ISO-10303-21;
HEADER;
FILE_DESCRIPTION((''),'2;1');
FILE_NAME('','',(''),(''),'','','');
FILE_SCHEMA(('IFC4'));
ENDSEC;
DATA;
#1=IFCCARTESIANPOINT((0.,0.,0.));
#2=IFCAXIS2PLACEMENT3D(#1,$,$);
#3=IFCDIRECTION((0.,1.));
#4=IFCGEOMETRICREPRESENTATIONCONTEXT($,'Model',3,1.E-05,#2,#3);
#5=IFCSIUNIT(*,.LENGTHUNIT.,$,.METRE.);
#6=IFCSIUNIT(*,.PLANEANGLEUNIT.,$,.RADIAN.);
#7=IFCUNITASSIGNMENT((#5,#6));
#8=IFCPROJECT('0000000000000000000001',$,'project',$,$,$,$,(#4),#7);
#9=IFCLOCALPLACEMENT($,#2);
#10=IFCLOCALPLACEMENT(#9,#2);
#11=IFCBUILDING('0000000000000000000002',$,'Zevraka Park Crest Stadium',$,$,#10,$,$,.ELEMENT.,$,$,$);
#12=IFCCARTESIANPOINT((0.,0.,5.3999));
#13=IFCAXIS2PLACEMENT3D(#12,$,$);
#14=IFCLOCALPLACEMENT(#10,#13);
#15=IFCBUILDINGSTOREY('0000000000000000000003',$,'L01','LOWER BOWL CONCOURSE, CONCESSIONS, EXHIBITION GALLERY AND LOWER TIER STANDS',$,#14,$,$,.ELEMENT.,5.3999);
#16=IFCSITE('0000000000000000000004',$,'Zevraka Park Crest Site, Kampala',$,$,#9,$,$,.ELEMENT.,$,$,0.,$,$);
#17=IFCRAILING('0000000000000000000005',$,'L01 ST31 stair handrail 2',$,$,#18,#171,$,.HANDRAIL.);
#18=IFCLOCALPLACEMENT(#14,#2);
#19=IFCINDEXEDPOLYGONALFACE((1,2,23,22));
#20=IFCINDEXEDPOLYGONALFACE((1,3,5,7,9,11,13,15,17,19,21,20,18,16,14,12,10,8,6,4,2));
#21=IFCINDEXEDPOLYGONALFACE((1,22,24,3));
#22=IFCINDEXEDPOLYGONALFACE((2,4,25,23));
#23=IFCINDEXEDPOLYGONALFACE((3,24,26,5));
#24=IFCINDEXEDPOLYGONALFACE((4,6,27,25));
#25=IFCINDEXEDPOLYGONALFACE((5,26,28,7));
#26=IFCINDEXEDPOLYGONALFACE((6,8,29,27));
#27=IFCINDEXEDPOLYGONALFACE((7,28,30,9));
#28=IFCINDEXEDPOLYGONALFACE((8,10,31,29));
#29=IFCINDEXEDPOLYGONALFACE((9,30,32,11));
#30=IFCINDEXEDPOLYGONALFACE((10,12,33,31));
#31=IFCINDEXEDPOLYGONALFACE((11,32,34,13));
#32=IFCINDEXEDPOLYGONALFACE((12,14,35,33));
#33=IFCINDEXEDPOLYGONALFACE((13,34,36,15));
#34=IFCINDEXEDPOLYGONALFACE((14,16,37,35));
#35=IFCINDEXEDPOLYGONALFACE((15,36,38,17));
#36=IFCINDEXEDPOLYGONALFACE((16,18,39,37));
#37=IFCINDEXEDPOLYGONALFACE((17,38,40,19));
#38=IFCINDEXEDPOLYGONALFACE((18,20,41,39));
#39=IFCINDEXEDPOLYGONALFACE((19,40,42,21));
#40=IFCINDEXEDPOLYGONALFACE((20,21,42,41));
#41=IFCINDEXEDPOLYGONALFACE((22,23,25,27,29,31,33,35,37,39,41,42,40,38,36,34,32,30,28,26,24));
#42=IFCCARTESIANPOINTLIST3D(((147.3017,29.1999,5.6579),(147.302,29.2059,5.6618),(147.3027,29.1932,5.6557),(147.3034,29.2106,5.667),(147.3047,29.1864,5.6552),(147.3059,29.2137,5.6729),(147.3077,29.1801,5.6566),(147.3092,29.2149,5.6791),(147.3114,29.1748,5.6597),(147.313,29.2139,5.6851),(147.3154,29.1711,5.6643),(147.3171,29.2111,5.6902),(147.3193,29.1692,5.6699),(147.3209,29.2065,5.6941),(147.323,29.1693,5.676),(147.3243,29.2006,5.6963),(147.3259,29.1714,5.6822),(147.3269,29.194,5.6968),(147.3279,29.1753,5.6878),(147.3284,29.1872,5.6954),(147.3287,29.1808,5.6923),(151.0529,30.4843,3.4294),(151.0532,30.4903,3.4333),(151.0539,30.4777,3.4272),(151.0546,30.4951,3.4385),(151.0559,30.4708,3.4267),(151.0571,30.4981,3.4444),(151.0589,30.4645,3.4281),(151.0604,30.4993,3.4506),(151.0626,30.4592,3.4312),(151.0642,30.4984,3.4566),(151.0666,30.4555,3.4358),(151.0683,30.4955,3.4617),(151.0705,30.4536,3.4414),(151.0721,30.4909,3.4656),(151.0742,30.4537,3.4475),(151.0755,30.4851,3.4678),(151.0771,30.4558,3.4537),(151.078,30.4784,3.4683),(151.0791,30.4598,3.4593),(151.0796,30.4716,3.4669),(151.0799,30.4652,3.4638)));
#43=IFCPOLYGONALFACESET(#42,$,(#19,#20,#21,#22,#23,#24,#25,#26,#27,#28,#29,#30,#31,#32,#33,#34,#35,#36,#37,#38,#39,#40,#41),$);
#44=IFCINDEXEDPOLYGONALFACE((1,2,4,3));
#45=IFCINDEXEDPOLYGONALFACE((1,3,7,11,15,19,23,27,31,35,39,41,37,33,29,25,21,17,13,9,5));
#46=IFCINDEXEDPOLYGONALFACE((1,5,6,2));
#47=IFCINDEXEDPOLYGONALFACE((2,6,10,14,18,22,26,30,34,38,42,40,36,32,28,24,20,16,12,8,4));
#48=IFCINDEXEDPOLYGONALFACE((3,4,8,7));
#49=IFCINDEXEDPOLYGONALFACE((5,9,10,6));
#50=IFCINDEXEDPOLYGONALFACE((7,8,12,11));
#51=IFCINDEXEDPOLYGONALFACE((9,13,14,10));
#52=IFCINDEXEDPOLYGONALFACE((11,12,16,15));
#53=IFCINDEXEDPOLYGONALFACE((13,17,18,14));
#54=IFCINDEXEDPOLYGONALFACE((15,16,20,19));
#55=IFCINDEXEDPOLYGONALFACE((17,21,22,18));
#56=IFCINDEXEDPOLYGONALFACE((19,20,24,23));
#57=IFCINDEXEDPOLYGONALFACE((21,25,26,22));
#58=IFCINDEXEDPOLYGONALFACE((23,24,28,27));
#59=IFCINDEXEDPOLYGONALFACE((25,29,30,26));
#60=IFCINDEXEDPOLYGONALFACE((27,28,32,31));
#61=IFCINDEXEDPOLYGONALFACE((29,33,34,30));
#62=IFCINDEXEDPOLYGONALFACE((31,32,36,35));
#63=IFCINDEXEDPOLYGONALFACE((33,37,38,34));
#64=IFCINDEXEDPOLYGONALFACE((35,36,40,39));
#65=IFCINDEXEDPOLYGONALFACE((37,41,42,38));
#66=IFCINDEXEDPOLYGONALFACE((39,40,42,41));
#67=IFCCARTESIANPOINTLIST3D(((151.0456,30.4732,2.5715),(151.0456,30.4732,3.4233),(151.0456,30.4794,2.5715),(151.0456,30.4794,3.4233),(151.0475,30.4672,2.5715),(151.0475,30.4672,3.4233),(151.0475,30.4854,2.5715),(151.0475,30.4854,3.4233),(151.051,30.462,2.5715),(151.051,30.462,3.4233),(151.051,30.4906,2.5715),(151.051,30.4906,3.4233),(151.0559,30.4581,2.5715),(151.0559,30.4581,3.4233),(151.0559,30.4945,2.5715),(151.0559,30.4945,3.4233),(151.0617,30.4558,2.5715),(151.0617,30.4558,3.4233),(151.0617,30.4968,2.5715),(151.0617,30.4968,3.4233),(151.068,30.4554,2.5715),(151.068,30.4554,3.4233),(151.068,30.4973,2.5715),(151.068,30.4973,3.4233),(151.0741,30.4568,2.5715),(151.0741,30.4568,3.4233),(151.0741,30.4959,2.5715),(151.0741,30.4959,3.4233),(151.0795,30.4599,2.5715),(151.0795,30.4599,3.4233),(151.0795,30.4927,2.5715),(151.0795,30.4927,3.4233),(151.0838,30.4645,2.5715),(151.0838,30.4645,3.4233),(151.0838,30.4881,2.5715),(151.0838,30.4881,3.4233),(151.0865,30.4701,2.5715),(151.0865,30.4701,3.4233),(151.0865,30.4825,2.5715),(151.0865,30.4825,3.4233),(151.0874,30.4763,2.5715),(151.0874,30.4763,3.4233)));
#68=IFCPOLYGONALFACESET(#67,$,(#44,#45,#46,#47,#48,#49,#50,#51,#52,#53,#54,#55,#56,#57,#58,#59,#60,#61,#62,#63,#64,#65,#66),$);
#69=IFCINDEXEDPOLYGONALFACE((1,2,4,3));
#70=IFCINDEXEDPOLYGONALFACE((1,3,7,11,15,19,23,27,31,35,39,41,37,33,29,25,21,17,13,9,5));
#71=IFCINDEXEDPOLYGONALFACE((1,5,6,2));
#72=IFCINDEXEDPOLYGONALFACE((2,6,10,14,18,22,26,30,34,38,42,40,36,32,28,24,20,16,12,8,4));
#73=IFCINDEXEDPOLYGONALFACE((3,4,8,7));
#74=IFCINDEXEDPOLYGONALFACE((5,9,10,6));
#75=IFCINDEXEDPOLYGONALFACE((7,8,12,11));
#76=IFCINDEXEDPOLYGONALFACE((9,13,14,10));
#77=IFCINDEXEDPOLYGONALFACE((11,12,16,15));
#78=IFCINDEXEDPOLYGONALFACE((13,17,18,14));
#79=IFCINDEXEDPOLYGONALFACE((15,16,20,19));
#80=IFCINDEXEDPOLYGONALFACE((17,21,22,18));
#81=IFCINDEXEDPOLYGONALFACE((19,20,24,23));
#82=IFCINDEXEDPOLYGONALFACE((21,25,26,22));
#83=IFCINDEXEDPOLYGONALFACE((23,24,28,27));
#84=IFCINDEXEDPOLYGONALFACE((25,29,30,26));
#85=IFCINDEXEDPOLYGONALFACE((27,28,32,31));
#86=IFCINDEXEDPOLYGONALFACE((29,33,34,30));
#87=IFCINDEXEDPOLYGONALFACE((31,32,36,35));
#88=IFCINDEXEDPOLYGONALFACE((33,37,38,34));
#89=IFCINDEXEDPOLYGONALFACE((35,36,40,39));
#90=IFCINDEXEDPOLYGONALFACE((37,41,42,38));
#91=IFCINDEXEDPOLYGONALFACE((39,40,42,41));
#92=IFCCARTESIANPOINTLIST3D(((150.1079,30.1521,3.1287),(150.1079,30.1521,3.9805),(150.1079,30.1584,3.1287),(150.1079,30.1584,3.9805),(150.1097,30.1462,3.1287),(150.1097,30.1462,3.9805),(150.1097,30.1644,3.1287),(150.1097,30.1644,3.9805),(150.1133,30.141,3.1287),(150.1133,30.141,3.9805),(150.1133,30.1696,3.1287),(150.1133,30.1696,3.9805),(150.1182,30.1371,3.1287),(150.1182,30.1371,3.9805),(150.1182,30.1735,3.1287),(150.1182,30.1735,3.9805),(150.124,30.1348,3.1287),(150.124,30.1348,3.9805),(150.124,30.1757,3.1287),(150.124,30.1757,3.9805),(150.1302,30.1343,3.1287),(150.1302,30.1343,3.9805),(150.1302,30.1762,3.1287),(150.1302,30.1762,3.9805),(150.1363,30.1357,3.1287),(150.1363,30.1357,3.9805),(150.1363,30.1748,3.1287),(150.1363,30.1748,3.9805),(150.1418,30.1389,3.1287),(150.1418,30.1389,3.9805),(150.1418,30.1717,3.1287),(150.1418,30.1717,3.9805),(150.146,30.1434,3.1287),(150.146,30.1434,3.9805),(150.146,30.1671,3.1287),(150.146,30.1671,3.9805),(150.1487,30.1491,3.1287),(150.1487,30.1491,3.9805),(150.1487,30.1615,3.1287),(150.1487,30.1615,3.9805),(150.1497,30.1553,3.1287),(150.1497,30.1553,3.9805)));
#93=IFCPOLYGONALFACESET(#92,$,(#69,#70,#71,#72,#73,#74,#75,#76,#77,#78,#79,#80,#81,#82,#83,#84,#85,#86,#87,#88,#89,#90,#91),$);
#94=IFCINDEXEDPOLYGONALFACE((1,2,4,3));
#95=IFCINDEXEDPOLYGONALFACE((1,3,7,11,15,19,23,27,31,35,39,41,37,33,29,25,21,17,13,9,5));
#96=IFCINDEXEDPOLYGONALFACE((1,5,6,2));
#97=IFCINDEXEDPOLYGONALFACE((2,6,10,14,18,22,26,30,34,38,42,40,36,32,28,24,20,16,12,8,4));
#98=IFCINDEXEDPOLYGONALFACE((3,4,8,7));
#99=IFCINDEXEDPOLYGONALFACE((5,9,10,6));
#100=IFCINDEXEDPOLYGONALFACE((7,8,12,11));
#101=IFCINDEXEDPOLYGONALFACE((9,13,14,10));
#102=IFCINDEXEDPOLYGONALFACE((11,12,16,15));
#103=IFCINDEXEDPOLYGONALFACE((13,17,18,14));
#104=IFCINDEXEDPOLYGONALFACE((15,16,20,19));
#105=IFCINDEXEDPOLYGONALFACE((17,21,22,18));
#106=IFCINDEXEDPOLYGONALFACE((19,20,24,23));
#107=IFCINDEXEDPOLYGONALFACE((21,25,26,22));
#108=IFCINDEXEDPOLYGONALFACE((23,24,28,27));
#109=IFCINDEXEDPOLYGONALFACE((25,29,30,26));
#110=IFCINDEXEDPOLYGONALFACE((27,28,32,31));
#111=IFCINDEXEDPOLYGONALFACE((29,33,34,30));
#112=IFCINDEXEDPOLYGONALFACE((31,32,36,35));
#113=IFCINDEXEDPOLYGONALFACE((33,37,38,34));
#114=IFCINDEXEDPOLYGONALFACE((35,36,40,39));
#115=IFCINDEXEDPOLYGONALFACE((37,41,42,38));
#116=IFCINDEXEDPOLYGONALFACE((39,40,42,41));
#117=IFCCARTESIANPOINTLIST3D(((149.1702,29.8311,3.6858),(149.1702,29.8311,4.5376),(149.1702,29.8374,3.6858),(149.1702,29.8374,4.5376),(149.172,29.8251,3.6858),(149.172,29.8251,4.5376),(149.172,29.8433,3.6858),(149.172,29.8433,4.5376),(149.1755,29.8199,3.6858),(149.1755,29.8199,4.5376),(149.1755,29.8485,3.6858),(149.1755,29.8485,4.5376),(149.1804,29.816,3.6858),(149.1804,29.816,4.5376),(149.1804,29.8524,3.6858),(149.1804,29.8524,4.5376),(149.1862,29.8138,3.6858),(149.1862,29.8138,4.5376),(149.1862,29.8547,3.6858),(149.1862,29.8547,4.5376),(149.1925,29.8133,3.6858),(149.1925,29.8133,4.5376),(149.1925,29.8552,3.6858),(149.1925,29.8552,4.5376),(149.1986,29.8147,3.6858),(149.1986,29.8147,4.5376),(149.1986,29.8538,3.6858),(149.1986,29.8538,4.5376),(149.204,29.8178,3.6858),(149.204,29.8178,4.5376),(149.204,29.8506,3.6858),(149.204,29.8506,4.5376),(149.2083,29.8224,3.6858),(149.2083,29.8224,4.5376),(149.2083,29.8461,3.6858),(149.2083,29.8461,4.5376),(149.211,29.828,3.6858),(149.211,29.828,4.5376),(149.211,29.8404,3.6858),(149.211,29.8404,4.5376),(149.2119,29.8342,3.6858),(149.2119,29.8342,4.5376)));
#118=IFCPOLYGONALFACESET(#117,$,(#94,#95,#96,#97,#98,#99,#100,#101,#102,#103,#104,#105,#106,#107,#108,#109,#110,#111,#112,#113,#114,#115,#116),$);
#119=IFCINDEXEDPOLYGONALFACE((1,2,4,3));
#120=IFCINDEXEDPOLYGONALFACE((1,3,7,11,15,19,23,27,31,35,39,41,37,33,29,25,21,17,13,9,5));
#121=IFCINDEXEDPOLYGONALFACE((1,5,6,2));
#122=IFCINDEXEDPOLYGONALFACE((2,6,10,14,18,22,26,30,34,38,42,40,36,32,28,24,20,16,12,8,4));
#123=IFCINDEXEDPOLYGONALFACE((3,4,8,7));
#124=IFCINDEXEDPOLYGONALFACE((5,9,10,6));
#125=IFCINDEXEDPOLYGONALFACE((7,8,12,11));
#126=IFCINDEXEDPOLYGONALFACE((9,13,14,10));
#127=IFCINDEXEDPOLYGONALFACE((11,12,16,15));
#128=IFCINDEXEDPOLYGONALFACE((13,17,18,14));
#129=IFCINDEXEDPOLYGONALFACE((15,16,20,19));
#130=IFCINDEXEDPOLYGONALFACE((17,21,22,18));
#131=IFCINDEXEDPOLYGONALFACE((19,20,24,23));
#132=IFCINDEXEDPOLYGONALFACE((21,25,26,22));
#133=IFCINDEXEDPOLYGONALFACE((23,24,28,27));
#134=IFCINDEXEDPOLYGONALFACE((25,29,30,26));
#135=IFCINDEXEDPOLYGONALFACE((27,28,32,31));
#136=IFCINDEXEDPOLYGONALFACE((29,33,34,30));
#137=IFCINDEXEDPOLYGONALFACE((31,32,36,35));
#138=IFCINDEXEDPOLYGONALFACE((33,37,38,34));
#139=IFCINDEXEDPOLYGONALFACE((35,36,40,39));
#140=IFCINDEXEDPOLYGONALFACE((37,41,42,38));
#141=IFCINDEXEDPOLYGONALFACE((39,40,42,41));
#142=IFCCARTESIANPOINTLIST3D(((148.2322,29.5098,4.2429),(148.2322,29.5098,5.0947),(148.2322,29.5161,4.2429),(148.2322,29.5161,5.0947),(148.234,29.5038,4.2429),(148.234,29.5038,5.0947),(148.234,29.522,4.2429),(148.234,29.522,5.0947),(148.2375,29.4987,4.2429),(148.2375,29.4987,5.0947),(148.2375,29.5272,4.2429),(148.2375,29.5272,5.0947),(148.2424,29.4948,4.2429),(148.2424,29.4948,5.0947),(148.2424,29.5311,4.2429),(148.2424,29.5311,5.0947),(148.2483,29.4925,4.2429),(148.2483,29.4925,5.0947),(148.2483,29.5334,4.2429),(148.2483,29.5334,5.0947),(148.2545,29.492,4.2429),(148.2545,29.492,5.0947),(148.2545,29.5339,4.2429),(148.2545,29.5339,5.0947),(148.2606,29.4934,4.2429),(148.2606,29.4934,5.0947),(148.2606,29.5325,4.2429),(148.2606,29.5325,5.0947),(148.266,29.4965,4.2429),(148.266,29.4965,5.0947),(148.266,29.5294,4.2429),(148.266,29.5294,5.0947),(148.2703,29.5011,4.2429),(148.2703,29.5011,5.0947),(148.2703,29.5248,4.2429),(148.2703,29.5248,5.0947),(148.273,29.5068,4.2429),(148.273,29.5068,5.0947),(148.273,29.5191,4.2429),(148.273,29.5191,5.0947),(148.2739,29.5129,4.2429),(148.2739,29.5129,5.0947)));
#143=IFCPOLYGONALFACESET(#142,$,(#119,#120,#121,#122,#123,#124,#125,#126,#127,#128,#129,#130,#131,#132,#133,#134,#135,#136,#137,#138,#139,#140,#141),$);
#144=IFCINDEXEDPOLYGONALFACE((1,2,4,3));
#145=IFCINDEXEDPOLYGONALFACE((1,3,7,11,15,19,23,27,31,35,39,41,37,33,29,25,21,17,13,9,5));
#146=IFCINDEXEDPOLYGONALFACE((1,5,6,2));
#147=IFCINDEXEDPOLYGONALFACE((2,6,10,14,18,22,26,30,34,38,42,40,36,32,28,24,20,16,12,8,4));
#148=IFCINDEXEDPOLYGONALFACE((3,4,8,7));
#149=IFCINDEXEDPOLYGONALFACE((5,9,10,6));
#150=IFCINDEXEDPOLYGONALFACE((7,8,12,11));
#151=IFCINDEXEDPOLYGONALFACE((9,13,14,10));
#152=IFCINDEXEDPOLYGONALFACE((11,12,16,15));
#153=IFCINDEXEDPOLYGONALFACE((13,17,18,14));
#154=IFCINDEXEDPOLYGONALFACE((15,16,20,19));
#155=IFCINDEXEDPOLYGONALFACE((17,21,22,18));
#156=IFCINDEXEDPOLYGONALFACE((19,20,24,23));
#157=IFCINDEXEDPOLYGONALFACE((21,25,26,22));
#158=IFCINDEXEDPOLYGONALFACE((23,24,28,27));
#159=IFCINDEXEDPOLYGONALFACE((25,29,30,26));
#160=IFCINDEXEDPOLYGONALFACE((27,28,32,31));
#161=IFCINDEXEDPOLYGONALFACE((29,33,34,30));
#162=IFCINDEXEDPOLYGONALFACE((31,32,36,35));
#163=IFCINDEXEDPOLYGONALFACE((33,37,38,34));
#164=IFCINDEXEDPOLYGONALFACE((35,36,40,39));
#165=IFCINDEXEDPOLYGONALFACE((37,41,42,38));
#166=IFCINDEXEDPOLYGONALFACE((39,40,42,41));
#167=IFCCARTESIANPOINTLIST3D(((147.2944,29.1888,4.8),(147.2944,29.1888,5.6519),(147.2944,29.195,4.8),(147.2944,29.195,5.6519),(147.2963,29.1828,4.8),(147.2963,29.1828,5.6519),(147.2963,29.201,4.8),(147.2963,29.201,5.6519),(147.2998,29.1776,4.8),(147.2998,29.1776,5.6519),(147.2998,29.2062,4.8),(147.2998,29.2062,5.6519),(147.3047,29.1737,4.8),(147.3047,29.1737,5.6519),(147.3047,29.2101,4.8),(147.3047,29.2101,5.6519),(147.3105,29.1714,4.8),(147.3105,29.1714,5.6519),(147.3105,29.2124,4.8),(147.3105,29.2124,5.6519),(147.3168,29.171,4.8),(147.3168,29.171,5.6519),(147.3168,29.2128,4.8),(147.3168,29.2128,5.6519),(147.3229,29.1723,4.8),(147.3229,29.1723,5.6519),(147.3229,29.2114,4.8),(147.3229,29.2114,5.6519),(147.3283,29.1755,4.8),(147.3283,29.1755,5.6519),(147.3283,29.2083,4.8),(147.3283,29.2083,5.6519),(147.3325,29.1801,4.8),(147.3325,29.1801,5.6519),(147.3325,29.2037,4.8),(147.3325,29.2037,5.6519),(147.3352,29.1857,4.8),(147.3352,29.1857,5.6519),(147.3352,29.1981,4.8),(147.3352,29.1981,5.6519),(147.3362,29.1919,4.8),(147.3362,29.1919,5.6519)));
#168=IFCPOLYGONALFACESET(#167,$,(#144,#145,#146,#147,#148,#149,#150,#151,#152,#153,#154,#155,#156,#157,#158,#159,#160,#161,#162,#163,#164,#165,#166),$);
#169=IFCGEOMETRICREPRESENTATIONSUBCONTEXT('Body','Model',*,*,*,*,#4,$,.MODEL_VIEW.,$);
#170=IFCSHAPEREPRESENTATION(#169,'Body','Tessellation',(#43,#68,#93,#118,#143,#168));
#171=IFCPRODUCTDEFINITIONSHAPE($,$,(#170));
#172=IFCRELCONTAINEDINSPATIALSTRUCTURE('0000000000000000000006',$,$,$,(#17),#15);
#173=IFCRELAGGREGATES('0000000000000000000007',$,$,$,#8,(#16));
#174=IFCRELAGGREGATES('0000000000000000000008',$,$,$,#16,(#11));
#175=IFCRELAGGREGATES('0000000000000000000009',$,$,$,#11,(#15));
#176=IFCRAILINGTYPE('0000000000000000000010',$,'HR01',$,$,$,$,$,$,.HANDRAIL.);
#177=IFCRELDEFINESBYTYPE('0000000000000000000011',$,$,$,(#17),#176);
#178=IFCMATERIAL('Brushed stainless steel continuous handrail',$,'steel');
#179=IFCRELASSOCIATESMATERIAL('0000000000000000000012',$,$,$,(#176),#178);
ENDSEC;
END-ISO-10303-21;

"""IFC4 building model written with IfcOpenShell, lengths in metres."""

from ifc_helpers import new_model, si_unit, direction, frame, origin, origin_2d, place, context, subcontext, project, spatial, circle, extrude, material, type_object, element, save


model = new_model("IFC4")

# Units and contexts
model_context = context("Model", 3, precision=1e-05, world=origin(), true_north=direction((0.0, 1.0)))
body_context = subcontext(model_context, "Body", "Model", "MODEL_VIEW")
ifc_project = project(units=[si_unit("LENGTHUNIT", "METRE"), si_unit("PLANEANGLEUNIT", "RADIAN")], contexts=[model_context])

# Site, building, storey
site_placement = place(None, origin())
site = spatial("IfcSite", under=ifc_project, at=site_placement, Name="Zevraka Park Crest Site, Kampala", CompositionType="ELEMENT", RefElevation=0.0)
building_placement = place(site_placement, origin())
building = spatial("IfcBuilding", under=site, at=building_placement, Name="Zevraka Park Crest Stadium", CompositionType="ELEMENT")
storey_placement = place(building_placement, frame((0.0, 0.0, 5.3999)))
storey = spatial("IfcBuildingStorey", under=building, at=storey_placement, Name="L01", Description="LOWER BOWL CONCOURSE, CONCESSIONS, EXHIBITION GALLERY AND LOWER TIER STANDS", CompositionType="ELEMENT", Elevation=5.3999)

# Railing
ifc_material_1 = material(Name="Brushed stainless steel continuous handrail", Category="steel")
railing_type_1 = type_object("IfcRailingType", Name="HR01", PredefinedType="HANDRAIL", material=ifc_material_1)
railing_1_placement = place(storey_placement, frame((151.0664, 30.4763, 2.5715)))
element("IfcRailing", 1, at=railing_1_placement, inside=storey, type_object=railing_type_1, Name="L01 ST31 stair handrail 2", PredefinedType="HANDRAIL", context=body_context, shape_type="SweptSolid", body=[
    extrude(circle(Radius=0.0239, at=origin_2d()), frame((0.0, 0.0, 0.876), z_axis=(-0.824739, -0.282392, 0.489959), x_axis=(0.323939, -0.946078, 0.0)), (0.0, 0.0, 1.0), 4.5483),
    extrude(circle(Radius=0.021, at=origin_2d()), origin(), (0.0, 0.0, 1.0), 0.8518),
    extrude(circle(Radius=0.021, at=origin_2d()), frame((-0.9377, -0.321, 0.5571)), (0.0, 0.0, 1.0), 0.8518),
    extrude(circle(Radius=0.021, at=origin_2d()), frame((-1.8755, -0.6421, 1.1143)), (0.0, 0.0, 1.0), 0.8518),
    extrude(circle(Radius=0.021, at=origin_2d()), frame((-2.8135, -0.9634, 1.6714)), (0.0, 0.0, 1.0), 0.8518),
    extrude(circle(Radius=0.021, at=origin_2d()), frame((-3.7512, -1.2844, 2.2285)), (0.0, 0.0, 1.0), 0.8518),
])

save(model, "model.ifc")
